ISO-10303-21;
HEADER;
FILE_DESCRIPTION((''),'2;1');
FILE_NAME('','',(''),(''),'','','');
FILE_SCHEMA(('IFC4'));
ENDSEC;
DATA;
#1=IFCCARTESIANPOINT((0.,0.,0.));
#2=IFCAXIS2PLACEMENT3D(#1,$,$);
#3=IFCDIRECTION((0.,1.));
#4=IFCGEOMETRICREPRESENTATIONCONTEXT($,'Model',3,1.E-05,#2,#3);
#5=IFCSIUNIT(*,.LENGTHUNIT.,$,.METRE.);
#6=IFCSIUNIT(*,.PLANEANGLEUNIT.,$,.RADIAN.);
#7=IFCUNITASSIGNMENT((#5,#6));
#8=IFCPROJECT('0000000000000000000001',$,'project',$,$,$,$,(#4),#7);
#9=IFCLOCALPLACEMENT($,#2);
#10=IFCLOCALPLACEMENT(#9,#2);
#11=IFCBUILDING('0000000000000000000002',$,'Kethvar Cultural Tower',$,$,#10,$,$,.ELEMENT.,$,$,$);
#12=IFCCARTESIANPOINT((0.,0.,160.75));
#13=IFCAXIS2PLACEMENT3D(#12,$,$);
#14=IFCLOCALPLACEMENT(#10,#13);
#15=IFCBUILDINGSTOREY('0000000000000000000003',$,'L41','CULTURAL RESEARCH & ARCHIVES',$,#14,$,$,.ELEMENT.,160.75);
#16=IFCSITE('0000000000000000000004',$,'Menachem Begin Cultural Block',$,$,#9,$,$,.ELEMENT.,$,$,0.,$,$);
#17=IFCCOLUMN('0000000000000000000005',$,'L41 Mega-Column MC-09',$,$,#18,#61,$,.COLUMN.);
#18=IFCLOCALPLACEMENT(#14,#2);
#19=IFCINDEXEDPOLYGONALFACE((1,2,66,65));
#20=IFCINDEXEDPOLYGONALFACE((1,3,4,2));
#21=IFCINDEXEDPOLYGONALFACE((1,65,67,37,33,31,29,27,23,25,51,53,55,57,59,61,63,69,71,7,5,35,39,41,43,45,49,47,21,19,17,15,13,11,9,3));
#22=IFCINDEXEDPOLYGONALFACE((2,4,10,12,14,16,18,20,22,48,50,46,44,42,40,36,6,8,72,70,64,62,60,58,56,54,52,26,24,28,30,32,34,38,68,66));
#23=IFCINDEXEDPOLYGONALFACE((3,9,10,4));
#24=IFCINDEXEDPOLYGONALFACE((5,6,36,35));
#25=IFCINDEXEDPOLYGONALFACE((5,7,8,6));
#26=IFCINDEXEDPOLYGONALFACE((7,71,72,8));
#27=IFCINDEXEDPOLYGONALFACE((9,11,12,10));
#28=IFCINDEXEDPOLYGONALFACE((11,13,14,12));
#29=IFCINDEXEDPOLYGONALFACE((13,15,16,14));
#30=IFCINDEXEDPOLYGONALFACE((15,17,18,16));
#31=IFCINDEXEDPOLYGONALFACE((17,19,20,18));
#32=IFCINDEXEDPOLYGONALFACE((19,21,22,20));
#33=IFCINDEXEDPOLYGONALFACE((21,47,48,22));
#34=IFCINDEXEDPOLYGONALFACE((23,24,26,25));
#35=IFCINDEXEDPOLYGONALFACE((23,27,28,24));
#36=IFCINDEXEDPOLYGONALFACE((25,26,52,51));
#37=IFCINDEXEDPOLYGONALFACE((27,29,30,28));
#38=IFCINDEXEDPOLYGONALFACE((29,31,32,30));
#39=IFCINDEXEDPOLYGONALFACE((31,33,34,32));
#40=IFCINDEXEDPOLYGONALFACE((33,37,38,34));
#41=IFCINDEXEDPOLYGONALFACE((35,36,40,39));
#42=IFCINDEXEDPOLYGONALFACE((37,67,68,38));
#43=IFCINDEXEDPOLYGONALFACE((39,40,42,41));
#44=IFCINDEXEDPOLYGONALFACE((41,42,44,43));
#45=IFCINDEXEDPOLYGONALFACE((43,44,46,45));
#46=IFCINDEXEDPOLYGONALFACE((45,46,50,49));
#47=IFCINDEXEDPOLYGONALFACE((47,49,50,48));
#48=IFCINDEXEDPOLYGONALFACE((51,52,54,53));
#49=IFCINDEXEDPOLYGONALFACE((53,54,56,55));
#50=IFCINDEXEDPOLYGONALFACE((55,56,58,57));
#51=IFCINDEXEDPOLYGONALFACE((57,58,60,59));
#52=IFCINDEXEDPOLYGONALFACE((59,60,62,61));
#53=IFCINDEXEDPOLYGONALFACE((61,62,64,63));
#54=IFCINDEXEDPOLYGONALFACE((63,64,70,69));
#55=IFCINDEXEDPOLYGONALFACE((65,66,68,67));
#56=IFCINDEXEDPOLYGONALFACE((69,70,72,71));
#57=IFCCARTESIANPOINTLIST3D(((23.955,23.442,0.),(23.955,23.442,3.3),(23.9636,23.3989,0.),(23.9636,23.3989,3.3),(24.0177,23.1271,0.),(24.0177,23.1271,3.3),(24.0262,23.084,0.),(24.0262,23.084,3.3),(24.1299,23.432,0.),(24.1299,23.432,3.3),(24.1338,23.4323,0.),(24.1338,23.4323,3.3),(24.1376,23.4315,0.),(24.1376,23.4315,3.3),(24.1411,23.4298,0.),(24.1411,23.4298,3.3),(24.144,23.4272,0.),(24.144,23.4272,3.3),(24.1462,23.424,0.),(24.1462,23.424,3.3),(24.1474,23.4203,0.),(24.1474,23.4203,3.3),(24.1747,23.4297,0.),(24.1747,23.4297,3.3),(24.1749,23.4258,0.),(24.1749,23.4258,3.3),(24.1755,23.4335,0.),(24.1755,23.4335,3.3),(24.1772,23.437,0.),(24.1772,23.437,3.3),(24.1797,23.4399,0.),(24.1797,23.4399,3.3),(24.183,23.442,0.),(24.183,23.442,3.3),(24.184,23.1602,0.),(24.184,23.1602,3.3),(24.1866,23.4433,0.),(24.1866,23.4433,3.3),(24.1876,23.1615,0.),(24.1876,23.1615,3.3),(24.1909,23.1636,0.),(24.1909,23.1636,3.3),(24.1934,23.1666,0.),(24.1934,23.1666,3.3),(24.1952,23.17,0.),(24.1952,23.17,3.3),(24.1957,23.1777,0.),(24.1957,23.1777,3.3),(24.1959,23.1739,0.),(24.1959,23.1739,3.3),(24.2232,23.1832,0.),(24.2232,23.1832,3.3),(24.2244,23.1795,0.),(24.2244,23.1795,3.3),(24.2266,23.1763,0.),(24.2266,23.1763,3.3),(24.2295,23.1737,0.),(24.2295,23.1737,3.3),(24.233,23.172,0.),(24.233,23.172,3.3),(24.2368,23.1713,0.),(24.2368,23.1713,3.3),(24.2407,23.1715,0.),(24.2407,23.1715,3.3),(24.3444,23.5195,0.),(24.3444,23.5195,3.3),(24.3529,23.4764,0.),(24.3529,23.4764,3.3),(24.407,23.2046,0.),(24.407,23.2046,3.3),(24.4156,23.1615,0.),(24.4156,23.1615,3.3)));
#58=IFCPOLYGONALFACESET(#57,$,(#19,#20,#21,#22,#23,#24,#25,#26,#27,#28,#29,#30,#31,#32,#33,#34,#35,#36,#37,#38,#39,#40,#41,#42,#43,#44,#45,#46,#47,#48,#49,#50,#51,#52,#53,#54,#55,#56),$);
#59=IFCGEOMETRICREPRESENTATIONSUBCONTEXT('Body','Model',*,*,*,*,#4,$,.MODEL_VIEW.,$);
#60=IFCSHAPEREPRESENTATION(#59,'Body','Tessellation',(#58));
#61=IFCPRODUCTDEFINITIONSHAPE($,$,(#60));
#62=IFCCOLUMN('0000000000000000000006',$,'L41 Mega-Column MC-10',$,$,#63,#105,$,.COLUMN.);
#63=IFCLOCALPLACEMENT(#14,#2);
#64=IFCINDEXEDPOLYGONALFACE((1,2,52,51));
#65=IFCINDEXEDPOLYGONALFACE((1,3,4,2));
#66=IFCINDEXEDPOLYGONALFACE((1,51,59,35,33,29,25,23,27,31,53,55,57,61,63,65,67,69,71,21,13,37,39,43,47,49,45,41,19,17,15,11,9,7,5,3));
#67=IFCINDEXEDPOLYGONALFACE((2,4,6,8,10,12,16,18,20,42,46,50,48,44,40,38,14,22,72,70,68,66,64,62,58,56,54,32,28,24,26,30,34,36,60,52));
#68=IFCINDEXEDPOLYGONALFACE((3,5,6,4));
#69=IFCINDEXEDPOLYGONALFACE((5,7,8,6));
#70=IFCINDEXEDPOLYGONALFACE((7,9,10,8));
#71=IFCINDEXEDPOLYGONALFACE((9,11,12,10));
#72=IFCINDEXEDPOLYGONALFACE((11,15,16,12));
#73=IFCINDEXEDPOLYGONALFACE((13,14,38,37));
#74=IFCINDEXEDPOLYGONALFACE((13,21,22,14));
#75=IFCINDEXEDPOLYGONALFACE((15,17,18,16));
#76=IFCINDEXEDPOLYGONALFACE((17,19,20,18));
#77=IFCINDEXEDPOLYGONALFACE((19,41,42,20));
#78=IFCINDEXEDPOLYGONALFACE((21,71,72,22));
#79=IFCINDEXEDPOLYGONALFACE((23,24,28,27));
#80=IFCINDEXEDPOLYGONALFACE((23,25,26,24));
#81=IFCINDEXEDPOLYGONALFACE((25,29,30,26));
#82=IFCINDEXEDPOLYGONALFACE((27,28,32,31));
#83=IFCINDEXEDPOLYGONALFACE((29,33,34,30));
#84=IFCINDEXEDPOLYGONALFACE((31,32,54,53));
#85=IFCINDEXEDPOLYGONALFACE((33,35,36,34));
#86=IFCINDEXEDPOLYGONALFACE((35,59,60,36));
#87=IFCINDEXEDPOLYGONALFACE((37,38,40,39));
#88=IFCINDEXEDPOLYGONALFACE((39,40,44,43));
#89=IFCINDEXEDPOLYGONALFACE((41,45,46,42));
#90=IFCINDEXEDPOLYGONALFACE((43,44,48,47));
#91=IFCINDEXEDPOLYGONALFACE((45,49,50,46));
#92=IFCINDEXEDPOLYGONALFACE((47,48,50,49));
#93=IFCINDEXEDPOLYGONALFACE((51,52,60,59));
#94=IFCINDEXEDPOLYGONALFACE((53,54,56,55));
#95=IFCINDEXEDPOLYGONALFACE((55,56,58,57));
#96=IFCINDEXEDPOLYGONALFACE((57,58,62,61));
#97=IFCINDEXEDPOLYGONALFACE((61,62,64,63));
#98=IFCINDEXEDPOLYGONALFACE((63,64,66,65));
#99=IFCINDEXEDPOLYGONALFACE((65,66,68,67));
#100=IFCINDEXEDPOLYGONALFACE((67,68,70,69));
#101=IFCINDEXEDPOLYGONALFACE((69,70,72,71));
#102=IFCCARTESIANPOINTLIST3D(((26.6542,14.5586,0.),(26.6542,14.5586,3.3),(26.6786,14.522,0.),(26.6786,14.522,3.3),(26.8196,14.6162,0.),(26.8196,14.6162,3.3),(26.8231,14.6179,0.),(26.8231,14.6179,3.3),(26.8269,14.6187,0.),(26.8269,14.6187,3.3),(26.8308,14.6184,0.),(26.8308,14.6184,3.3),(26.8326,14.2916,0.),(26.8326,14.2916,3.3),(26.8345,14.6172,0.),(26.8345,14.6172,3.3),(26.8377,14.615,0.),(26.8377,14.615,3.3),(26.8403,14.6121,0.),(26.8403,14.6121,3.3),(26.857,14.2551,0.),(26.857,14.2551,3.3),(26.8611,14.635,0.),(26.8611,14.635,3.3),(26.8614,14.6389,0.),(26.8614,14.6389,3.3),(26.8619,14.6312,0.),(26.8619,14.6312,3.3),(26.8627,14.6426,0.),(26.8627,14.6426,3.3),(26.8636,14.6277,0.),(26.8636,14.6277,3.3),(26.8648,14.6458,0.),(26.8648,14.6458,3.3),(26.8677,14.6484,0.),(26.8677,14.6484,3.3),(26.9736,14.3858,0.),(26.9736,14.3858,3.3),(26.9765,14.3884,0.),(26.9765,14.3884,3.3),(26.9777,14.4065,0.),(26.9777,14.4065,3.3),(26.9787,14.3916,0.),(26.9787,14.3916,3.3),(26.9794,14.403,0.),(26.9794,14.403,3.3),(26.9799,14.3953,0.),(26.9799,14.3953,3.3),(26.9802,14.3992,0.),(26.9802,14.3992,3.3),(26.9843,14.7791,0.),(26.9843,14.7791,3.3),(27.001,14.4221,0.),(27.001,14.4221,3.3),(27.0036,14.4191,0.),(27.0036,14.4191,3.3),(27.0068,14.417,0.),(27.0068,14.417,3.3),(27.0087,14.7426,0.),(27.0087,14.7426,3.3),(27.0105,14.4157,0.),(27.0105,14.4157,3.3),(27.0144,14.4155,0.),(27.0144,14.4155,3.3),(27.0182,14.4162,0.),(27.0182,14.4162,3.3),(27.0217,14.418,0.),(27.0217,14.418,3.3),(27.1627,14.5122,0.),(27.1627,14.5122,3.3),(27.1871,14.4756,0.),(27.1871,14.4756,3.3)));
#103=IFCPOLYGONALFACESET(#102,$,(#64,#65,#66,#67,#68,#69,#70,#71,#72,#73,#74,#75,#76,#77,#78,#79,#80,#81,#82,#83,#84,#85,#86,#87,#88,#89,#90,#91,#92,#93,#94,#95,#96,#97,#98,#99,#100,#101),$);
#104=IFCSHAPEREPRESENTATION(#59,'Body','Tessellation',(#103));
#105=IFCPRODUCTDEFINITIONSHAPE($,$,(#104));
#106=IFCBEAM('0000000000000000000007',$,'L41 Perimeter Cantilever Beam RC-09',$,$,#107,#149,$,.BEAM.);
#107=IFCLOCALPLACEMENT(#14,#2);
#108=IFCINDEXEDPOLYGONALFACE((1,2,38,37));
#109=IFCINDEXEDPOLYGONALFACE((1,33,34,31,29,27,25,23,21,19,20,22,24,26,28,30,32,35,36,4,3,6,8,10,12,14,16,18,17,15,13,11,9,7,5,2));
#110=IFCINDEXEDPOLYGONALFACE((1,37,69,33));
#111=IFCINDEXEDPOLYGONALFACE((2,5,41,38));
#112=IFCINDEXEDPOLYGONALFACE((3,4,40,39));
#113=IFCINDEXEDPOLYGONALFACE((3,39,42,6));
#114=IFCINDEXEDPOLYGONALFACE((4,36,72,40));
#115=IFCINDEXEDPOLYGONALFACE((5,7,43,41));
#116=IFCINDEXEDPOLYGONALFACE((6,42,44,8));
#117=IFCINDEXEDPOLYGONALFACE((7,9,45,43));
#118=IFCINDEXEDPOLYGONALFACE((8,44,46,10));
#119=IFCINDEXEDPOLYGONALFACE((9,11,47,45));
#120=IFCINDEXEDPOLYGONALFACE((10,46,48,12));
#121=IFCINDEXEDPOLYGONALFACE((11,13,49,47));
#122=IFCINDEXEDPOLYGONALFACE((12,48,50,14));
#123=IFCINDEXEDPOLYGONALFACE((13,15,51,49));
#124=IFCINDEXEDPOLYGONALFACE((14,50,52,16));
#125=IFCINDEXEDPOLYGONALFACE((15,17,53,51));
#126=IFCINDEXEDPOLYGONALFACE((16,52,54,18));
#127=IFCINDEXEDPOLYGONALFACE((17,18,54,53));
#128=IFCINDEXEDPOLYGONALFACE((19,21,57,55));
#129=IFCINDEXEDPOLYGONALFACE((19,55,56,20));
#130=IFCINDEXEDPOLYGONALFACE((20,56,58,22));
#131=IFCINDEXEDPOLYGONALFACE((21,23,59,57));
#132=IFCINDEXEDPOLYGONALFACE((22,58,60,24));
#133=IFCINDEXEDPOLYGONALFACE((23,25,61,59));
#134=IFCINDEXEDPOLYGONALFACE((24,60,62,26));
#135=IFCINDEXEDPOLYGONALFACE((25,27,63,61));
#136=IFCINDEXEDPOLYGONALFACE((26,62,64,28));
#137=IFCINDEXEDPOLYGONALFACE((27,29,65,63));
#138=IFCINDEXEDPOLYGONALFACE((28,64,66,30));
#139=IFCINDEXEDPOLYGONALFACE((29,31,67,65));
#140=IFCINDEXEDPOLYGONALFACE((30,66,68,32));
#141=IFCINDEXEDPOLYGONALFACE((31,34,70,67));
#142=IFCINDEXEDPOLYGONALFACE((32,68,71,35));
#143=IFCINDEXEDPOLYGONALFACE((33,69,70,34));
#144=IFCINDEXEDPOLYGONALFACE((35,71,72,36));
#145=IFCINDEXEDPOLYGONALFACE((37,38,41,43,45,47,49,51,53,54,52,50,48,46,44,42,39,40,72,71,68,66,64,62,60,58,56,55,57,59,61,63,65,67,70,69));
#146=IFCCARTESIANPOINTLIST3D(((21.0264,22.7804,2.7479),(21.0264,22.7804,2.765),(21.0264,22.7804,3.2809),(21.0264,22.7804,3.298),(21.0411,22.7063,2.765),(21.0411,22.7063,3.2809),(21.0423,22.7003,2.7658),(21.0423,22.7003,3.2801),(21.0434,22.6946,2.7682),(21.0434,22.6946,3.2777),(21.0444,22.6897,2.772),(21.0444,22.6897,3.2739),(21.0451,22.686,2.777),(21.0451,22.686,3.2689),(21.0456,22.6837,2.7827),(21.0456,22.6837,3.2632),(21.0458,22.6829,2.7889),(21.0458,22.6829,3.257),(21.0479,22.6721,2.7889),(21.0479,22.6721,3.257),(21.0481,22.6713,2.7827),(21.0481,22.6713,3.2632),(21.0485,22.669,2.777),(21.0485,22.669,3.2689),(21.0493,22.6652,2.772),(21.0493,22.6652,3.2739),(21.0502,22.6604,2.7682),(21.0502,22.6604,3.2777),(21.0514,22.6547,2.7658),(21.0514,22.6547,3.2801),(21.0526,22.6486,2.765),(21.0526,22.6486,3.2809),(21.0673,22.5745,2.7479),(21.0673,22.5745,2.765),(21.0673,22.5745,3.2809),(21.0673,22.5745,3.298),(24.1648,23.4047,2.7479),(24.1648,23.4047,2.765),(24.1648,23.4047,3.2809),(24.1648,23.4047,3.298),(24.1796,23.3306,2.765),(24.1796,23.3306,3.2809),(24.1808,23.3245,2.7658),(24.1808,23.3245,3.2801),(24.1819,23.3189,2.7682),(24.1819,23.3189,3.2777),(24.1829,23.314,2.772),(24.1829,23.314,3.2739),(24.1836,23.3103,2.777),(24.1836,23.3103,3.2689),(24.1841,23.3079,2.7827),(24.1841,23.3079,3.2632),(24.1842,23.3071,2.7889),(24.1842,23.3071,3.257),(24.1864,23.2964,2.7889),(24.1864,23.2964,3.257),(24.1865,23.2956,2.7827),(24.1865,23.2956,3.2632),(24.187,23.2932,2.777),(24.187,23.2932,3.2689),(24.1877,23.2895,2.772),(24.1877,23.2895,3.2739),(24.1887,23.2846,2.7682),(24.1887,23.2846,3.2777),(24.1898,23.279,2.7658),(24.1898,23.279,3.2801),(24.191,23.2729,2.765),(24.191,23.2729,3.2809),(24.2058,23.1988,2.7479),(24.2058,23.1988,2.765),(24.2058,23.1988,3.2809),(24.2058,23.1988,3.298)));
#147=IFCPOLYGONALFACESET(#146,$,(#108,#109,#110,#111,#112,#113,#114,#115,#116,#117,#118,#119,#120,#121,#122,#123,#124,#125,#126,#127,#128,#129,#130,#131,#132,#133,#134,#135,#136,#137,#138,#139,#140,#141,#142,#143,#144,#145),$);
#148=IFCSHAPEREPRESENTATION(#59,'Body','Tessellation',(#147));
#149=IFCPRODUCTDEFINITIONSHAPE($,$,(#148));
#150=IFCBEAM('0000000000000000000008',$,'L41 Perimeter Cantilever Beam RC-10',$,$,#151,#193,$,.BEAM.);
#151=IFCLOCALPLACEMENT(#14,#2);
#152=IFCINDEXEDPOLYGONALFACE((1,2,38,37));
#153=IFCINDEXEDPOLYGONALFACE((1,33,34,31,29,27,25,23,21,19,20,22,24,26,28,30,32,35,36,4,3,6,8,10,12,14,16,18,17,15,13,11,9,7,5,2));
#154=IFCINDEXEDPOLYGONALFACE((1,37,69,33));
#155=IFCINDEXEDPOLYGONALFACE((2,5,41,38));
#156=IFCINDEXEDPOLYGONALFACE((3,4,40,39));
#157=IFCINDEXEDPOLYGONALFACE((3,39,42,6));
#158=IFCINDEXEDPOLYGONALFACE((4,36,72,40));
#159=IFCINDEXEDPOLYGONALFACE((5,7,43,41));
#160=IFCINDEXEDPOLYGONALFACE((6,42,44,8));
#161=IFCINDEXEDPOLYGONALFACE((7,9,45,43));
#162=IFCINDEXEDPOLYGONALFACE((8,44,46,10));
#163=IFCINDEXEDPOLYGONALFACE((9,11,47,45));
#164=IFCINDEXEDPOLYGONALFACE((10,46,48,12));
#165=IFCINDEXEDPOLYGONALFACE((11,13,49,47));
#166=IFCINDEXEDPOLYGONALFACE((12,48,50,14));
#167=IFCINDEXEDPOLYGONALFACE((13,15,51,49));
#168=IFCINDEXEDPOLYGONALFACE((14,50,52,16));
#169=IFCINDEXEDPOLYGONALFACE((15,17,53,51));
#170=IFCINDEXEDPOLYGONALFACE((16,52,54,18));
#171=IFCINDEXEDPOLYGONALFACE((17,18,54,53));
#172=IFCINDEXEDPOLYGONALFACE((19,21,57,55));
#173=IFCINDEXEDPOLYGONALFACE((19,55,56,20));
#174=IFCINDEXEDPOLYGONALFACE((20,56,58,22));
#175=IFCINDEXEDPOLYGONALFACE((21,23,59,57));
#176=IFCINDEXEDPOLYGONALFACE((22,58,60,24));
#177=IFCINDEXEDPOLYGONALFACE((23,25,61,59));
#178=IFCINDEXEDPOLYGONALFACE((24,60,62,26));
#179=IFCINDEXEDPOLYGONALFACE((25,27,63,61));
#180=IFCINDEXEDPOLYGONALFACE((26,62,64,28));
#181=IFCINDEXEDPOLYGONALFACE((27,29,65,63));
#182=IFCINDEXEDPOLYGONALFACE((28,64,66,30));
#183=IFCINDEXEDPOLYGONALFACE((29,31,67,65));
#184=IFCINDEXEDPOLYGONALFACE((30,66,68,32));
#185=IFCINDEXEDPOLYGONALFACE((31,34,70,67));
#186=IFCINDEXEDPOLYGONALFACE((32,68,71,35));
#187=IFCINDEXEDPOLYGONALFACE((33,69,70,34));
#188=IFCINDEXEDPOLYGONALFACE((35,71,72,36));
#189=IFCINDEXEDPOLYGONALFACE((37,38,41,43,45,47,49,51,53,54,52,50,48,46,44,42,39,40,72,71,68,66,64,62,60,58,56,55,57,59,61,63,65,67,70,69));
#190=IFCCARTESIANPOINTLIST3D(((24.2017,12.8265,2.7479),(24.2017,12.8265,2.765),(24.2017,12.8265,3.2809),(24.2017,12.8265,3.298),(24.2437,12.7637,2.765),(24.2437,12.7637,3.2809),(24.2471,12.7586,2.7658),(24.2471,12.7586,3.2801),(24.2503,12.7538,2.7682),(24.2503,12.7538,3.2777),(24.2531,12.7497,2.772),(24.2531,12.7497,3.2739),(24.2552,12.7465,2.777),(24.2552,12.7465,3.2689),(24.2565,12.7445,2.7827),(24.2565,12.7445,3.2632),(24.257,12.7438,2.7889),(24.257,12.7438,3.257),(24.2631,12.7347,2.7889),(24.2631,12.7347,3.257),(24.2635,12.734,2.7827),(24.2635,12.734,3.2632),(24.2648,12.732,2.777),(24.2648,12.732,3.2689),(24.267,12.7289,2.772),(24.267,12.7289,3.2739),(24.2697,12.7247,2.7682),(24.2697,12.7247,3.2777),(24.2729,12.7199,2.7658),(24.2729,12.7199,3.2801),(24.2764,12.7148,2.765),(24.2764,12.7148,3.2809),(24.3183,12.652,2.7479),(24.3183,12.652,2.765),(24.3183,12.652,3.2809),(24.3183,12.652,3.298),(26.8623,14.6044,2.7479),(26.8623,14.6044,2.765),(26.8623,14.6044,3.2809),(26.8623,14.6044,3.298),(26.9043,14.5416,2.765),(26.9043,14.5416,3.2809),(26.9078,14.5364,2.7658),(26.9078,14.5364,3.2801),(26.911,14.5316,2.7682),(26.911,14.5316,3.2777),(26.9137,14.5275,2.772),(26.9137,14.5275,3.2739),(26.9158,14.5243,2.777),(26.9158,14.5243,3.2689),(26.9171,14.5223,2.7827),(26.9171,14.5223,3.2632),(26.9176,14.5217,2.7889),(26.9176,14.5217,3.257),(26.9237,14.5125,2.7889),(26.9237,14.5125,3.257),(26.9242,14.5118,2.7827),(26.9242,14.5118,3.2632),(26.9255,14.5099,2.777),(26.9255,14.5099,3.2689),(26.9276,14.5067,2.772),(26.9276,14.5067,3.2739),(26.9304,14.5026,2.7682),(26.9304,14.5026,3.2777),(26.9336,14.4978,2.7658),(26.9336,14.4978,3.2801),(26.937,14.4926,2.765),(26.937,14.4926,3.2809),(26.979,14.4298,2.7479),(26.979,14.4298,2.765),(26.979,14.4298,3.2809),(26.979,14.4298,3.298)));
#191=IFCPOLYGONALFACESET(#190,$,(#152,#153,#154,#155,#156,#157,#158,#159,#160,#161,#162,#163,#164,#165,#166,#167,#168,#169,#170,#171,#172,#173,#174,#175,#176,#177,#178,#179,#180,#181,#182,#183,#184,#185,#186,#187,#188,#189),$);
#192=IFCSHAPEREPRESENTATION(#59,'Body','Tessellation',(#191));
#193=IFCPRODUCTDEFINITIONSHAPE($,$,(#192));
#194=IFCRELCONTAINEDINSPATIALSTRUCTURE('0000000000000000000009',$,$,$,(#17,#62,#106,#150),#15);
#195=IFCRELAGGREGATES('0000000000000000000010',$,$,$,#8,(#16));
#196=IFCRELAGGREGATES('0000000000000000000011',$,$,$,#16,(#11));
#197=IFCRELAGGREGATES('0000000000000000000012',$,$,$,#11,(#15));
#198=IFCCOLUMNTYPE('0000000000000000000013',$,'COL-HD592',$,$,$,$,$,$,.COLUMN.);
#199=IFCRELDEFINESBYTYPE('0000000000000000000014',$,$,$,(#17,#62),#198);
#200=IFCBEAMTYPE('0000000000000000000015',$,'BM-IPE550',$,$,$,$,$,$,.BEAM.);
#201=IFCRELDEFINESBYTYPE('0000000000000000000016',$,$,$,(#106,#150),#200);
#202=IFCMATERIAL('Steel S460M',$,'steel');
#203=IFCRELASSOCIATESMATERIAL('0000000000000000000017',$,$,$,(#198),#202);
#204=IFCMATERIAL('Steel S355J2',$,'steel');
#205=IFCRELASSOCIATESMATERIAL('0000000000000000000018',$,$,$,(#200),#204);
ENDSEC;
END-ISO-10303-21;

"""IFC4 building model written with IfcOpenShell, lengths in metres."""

from ifc_helpers import new_model, si_unit, direction, frame, origin, origin_2d, place, context, subcontext, project, spatial, i_section, extrude, source, transform, mapped, material, material_profile, profile_set, type_object, element, save


model = new_model("IFC4")

# Units and contexts
model_context = context("Model", 3, precision=1e-05, world=origin(), true_north=direction((0.0, 1.0)))
body_context = subcontext(model_context, "Body", "Model", "MODEL_VIEW")
ifc_project = project(units=[si_unit("LENGTHUNIT", "METRE"), si_unit("PLANEANGLEUNIT", "RADIAN")], contexts=[model_context])

# Site, building, storey
site_placement = place(None, origin())
site = spatial("IfcSite", under=ifc_project, at=site_placement, Name="Menachem Begin Cultural Block", CompositionType="ELEMENT", RefElevation=0.0)
building_placement = place(site_placement, origin())
building = spatial("IfcBuilding", under=site, at=building_placement, Name="Kethvar Cultural Tower", CompositionType="ELEMENT")
storey_placement = place(building_placement, frame((0.0, 0.0, 160.75)))
storey = spatial("IfcBuildingStorey", under=building, at=storey_placement, Name="L41", Description="CULTURAL RESEARCH & ARCHIVES", CompositionType="ELEMENT", Elevation=160.75)

# Columns
ifc_material_1 = material(Name="Steel S460M", Category="steel")
ifc_material_profile_1 = material_profile(ifc_material_1, i_section(OverallWidth=0.397, OverallDepth=0.365, WebThickness=0.0281, FlangeThickness=0.0439, FilletRadius=0.0149, at=origin_2d()), Name="Steel S460M — HD400x592")
ifc_profile_set_1 = profile_set([ifc_material_profile_1], Name="Steel S460M — HD400x592")
column_type = type_object("IfcColumnType", Name="COL-HD592", PredefinedType="COLUMN", material=ifc_profile_set_1)
shared_shape_1 = source(origin(), body_context, "Body", "SweptSolid", [
    extrude(i_section(OverallWidth=0.397, OverallDepth=0.365, WebThickness=0.0281, FlangeThickness=0.0439, FilletRadius=0.0149, at=origin_2d()), origin(), (0.0, 0.0, 1.0), 3.3),
])
for number, where, z_axis, x_axis, name in (
    (1, (24.1853, 23.3018, 0.0), (0.0, 0.0, 1.0), (-0.980785, -0.19509, 0.0), "L41 Mega-Column MC-09"),
    (2, (26.9207, 14.5171, 0.0), (0.0, 0.0, 1.0), (-0.83147, -0.55557, 0.0), "L41 Mega-Column MC-10"),
):
    element("IfcColumn", number, at=place(storey_placement, frame(where, z_axis=z_axis, x_axis=x_axis)), inside=storey, type_object=column_type, Name=name, PredefinedType="COLUMN", context=body_context, shape_type="MappedRepresentation", body=[
        mapped(shared_shape_1, transform((0.0, 0.0, 0.0), scale=1.0)),
    ])

# Beams
ifc_material_2 = material(Name="Steel S355J2", Category="steel")
ifc_material_profile_2 = material_profile(ifc_material_2, i_section(OverallWidth=0.21, OverallDepth=0.55, WebThickness=0.011, FlangeThickness=0.0171, FilletRadius=0.0239, at=origin_2d()), Name="Steel S355J2 — IPE550")
ifc_profile_set_2 = profile_set([ifc_material_profile_2], Name="Steel S355J2 — IPE550")
beam_type_1 = type_object("IfcBeamType", Name="BM-IPE550", PredefinedType="BEAM", material=ifc_profile_set_2)
shared_shape_2 = source(origin(), body_context, "Body", "SweptSolid", [
    extrude(i_section(OverallWidth=0.21, OverallDepth=0.55, WebThickness=0.011, FlangeThickness=0.0171, FilletRadius=0.0239, at=origin_2d()), origin(), (0.0, 0.0, 1.0), 3.2),
])
for number, where, z_axis, x_axis, name in (
    (3, (24.1853, 23.3018, 3.0229), (-0.980786, -0.195089, 0.0), (0.195089, -0.980786, 0.0), "L41 Perimeter Cantilever Beam RC-09"),
    (4, (26.9207, 14.5171, 3.0229), (-0.831463, -0.55558, 0.0), (0.55558, -0.831463, 0.0), "L41 Perimeter Cantilever Beam RC-10"),
):
    element("IfcBeam", number, at=place(storey_placement, frame(where, z_axis=z_axis, x_axis=x_axis)), inside=storey, type_object=beam_type_1, Name=name, PredefinedType="BEAM", context=body_context, shape_type="MappedRepresentation", body=[
        mapped(shared_shape_2, transform((0.0, 0.0, 0.0), scale=1.0)),
    ])

save(model, "model.ifc")
